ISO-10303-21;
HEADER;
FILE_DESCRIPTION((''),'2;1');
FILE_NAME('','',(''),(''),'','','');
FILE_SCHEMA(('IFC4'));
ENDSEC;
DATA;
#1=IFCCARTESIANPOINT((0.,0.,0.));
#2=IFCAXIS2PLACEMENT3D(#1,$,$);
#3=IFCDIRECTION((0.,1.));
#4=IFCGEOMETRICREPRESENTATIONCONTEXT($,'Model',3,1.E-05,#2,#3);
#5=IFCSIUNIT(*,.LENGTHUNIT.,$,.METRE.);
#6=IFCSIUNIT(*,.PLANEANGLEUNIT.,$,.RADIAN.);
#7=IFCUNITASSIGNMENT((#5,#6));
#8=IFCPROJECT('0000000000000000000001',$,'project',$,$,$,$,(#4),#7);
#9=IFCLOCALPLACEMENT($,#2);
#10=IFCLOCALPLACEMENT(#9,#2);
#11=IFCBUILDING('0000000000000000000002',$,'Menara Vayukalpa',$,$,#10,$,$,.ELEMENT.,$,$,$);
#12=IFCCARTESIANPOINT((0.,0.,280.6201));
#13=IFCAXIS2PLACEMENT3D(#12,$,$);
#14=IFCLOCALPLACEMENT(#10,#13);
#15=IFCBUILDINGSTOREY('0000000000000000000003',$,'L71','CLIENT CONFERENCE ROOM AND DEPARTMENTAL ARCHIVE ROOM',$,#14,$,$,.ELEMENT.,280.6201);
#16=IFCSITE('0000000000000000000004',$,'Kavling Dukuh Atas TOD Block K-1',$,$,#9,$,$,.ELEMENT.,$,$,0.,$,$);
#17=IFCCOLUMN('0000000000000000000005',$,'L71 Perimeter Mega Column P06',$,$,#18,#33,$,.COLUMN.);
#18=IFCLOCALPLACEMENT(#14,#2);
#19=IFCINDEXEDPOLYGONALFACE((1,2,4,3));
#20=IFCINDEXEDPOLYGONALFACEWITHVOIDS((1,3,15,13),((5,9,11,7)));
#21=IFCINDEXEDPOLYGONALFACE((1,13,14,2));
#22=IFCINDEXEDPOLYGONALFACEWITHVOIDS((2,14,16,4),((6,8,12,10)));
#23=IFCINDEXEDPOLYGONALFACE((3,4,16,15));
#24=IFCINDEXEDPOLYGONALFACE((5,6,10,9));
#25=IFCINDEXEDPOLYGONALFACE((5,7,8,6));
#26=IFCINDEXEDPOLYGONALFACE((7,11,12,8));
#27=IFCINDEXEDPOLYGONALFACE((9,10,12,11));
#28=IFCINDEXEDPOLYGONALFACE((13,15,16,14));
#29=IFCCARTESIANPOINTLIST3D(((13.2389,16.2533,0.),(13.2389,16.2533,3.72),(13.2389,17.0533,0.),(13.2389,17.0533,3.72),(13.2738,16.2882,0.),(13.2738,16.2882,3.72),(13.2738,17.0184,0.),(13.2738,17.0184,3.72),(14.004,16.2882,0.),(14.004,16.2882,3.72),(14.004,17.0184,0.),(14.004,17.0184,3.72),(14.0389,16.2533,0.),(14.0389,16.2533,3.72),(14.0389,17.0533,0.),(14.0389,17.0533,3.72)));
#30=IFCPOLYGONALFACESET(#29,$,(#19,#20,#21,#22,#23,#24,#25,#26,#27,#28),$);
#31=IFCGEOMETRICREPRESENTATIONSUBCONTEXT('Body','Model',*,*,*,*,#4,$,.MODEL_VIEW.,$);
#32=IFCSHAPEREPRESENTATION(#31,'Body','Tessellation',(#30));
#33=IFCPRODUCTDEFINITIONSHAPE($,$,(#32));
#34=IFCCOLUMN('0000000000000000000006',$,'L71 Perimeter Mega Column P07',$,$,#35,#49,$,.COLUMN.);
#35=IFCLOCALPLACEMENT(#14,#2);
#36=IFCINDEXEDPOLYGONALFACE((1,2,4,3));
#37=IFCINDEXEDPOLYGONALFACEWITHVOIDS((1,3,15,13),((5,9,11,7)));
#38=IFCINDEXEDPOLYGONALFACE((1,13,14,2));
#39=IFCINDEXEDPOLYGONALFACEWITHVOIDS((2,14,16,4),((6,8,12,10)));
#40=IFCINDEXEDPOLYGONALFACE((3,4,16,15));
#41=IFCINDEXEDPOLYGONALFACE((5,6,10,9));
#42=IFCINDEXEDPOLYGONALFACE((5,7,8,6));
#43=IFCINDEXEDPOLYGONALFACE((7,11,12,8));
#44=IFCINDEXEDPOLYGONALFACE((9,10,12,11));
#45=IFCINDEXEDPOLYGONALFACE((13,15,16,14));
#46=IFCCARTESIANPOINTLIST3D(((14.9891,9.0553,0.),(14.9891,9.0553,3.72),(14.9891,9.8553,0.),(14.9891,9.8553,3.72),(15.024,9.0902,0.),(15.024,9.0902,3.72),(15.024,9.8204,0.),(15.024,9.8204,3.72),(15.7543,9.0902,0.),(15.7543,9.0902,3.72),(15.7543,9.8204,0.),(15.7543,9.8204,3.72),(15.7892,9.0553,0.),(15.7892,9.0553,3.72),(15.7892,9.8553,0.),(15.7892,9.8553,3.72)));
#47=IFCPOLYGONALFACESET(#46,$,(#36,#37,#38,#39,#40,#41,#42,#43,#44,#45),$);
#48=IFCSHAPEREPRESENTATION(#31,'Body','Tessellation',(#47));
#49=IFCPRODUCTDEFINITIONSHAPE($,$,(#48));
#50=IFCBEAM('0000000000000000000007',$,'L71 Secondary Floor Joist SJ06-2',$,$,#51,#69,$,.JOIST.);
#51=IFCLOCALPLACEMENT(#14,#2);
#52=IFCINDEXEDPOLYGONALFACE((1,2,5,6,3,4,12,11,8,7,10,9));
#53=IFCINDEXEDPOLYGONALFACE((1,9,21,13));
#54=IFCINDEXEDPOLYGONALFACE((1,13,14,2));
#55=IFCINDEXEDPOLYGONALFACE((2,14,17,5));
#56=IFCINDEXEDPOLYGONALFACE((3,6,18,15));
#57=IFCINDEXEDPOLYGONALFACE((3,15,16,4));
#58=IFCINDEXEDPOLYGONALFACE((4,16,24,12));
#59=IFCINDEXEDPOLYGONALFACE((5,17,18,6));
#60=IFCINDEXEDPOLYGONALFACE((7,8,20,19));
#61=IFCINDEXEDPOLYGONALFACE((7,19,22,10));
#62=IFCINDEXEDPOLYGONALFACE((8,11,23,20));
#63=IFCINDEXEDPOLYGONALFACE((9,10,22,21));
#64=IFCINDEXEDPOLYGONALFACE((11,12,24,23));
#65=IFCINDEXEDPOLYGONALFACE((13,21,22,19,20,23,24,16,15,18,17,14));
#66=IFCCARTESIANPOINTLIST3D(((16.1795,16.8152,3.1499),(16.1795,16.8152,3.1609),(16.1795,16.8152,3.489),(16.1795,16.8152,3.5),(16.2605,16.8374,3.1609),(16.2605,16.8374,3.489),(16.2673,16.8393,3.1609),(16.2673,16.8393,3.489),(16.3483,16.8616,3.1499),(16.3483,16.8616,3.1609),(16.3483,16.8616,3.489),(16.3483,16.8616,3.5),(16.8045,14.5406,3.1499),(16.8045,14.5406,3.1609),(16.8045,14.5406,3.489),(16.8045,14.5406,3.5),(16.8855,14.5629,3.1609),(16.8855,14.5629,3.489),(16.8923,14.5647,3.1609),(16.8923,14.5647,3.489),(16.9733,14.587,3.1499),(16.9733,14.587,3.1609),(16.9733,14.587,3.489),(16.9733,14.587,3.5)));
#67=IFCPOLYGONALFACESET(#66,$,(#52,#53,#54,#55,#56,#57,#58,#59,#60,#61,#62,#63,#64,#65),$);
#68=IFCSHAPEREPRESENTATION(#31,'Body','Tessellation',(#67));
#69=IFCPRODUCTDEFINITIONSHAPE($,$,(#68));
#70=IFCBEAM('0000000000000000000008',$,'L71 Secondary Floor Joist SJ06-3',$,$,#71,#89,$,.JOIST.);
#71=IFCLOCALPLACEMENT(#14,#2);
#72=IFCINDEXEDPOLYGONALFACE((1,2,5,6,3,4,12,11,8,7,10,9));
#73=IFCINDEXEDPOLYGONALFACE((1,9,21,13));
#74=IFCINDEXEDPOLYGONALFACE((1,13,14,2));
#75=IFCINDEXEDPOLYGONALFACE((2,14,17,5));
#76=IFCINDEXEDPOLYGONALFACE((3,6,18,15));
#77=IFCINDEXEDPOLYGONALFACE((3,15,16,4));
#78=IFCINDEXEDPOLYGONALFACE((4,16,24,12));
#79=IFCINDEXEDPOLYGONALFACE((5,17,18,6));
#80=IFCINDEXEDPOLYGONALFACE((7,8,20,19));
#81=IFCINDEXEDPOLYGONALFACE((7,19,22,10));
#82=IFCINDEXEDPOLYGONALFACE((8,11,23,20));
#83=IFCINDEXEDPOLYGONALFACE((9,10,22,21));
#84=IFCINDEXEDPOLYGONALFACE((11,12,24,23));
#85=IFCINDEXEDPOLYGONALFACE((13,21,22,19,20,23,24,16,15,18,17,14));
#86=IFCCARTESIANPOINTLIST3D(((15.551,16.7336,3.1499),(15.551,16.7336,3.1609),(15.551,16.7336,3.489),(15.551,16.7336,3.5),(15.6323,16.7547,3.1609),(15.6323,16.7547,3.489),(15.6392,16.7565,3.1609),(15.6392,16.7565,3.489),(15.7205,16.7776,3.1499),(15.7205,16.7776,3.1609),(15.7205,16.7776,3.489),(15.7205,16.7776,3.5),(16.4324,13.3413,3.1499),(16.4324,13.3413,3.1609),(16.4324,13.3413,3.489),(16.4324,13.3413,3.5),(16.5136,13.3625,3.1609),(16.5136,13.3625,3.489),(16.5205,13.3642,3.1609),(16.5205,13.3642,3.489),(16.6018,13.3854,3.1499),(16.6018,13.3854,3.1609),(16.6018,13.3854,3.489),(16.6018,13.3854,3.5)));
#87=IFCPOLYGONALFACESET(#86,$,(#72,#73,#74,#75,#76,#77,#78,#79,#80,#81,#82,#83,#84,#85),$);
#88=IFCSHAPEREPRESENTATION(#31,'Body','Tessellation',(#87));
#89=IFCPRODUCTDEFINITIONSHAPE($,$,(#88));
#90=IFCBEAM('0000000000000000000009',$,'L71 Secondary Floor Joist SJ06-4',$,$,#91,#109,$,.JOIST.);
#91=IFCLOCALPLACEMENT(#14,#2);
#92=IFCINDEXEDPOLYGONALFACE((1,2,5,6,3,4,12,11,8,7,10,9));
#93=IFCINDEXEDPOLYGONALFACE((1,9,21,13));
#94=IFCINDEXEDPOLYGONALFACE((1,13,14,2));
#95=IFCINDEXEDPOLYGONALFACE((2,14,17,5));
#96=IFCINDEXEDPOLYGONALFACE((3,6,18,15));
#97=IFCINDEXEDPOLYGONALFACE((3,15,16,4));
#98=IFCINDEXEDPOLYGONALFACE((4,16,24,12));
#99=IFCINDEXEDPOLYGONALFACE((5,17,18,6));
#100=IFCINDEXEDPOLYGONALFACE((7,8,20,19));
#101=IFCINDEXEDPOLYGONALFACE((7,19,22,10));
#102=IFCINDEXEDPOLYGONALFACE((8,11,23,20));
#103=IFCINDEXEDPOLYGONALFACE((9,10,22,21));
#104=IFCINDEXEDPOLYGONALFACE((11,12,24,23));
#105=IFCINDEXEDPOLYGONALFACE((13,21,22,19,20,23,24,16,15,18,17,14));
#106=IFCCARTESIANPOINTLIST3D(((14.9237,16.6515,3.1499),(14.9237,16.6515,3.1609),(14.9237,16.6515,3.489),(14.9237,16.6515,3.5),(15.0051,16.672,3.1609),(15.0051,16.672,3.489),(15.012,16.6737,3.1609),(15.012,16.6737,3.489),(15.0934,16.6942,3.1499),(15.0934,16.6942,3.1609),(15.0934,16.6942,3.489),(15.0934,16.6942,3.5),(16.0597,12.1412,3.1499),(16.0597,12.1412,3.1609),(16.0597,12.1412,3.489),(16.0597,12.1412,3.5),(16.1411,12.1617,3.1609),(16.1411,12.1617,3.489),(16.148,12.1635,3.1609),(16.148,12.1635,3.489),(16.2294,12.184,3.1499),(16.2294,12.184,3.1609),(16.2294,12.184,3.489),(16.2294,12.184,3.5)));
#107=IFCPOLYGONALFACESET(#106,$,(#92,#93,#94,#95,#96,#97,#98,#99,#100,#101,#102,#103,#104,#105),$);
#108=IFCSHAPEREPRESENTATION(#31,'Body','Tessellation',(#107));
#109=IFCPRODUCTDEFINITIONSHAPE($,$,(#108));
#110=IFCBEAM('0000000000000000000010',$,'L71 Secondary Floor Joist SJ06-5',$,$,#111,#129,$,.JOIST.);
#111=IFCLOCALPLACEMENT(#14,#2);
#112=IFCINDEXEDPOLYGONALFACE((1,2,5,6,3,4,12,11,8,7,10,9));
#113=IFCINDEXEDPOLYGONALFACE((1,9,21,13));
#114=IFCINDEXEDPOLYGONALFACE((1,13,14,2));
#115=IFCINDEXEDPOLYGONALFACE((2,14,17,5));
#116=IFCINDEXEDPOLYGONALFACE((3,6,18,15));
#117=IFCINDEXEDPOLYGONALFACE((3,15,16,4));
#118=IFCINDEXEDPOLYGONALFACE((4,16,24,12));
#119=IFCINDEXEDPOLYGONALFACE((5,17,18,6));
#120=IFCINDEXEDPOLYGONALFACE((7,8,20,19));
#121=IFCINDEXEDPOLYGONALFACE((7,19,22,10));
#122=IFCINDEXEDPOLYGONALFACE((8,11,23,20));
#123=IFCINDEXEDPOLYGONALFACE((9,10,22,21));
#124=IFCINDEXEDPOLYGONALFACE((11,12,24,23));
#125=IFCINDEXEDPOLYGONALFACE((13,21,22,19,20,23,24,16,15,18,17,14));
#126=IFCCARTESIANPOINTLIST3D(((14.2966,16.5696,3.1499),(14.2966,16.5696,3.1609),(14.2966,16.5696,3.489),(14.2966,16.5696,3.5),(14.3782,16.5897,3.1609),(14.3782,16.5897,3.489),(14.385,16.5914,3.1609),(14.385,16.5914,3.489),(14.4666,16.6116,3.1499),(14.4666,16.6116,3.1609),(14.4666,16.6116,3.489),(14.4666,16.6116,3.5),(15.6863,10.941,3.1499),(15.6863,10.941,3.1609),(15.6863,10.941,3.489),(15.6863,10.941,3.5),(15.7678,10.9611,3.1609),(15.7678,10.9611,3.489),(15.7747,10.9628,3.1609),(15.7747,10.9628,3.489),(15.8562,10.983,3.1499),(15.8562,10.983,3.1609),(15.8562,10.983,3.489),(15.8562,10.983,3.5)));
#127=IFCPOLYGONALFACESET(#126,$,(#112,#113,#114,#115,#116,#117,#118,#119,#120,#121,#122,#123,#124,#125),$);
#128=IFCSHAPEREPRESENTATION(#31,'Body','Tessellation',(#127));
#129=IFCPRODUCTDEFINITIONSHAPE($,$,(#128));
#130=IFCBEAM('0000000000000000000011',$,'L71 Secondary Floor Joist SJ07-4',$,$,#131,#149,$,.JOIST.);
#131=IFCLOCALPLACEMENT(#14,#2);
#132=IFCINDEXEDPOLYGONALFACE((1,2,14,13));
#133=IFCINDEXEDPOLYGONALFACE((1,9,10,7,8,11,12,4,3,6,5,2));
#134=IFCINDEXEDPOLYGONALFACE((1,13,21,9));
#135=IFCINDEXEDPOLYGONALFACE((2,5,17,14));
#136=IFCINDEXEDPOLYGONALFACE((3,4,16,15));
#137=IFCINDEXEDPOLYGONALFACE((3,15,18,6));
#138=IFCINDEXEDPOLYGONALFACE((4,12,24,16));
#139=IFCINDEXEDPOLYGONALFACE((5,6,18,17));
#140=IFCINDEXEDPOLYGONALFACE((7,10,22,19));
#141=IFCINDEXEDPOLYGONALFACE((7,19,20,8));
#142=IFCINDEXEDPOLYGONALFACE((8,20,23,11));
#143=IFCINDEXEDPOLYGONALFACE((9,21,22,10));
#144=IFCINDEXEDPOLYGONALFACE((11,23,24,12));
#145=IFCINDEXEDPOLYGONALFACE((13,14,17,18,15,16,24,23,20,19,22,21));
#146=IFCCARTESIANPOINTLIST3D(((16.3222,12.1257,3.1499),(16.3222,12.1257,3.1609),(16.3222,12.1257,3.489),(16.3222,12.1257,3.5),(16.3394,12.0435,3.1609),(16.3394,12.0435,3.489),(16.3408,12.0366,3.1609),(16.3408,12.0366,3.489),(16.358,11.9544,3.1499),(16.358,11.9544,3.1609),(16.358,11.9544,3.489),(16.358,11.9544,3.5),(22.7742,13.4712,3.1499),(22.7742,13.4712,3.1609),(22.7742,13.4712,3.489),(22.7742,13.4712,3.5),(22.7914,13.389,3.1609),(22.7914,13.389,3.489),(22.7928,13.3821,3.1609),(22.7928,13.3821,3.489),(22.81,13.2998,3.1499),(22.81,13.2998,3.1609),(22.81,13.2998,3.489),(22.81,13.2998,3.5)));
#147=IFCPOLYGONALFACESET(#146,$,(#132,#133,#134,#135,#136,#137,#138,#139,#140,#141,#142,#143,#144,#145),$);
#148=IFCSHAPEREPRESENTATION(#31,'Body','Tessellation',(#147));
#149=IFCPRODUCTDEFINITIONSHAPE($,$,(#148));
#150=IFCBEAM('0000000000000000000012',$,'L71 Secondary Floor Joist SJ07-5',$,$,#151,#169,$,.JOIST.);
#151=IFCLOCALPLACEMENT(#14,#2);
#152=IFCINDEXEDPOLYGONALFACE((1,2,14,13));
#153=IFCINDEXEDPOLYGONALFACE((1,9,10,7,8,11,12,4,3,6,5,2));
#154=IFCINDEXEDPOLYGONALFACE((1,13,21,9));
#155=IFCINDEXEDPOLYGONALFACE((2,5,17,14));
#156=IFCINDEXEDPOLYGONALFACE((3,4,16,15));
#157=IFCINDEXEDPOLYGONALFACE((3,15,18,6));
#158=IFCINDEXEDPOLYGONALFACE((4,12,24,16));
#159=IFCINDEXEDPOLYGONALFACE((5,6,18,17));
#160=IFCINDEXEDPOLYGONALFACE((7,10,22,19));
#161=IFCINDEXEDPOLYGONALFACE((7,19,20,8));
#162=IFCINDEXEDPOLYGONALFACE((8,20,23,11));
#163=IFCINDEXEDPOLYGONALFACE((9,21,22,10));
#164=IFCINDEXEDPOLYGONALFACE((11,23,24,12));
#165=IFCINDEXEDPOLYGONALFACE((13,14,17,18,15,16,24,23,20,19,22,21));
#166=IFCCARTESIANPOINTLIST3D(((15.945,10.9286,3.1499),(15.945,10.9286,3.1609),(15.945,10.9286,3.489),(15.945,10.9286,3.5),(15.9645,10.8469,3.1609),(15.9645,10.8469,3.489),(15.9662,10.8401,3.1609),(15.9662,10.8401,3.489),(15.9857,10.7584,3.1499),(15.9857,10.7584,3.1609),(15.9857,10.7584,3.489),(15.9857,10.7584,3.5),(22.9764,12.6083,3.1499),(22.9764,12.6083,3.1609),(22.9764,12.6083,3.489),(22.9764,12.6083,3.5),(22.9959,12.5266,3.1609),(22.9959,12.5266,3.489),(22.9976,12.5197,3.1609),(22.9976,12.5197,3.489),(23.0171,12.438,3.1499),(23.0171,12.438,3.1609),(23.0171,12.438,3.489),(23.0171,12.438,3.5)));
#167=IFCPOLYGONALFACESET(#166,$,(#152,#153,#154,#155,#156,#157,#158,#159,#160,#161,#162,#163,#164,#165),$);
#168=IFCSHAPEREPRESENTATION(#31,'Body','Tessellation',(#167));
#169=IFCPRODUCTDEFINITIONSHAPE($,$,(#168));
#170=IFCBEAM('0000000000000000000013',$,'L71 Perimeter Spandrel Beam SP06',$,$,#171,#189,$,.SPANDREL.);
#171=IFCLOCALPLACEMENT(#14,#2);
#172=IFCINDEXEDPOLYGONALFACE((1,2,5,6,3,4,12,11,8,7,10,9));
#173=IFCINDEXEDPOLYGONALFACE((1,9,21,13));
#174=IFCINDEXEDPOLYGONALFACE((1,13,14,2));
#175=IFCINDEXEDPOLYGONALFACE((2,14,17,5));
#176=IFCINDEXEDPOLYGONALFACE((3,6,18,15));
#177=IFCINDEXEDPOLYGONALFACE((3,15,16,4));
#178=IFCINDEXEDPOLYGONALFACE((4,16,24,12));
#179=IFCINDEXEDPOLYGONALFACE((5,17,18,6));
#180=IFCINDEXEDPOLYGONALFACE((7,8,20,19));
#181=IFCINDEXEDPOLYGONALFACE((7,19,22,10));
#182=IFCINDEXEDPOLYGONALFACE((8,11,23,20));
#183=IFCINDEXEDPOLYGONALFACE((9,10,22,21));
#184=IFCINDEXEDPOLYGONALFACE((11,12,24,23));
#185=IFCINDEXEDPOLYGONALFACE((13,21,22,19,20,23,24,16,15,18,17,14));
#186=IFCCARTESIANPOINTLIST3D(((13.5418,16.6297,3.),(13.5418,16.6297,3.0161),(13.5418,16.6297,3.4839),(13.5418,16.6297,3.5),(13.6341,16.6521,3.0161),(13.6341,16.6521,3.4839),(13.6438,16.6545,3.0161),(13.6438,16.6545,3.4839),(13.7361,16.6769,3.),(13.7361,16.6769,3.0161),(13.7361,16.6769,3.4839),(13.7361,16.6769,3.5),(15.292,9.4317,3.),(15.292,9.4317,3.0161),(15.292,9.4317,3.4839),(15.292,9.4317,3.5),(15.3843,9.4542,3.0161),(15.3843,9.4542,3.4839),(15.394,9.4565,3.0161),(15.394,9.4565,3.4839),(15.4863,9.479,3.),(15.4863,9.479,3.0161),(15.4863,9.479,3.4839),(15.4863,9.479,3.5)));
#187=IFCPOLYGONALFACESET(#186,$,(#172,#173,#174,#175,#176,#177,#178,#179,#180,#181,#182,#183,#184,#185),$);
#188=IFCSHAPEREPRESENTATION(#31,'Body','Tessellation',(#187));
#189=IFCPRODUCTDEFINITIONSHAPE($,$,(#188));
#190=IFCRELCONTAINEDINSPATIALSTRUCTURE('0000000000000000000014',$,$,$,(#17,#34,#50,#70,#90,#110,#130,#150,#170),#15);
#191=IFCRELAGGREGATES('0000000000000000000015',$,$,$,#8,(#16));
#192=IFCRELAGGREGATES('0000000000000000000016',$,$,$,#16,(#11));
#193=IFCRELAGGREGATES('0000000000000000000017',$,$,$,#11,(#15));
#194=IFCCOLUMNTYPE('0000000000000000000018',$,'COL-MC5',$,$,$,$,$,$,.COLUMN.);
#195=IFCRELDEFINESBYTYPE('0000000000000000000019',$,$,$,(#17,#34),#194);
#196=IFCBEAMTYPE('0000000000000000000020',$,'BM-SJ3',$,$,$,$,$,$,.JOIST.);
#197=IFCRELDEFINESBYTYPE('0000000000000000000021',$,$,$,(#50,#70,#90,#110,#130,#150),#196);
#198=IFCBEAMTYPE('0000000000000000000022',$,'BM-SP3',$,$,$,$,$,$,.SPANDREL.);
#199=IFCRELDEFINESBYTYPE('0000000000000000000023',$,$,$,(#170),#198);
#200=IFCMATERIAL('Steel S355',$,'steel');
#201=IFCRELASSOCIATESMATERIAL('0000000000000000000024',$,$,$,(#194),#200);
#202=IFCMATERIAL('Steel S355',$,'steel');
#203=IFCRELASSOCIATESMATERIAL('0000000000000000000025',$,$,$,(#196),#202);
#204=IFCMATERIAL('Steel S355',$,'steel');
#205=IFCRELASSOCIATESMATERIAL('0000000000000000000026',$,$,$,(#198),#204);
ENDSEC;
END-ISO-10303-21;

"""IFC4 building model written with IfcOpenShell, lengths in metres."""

from ifc_helpers import new_model, si_unit, direction, frame, origin, origin_2d, place, context, subcontext, project, spatial, hollow_rectangle, i_section, extrude, material, material_profile, profile_set, type_object, element, save


model = new_model("IFC4")

# Units and contexts
model_context = context("Model", 3, precision=1e-05, world=origin(), true_north=direction((0.0, 1.0)))
body_context = subcontext(model_context, "Body", "Model", "MODEL_VIEW")
ifc_project = project(units=[si_unit("LENGTHUNIT", "METRE"), si_unit("PLANEANGLEUNIT", "RADIAN")], contexts=[model_context])

# Site, building, storey
site_placement = place(None, origin())
site = spatial("IfcSite", under=ifc_project, at=site_placement, Name="Kavling Dukuh Atas TOD Block K-1", CompositionType="ELEMENT", RefElevation=0.0)
building_placement = place(site_placement, origin())
building = spatial("IfcBuilding", under=site, at=building_placement, Name="Menara Vayukalpa", CompositionType="ELEMENT")
storey_placement = place(building_placement, frame((0.0, 0.0, 280.6201)))
storey = spatial("IfcBuildingStorey", under=building, at=storey_placement, Name="L71", Description="CLIENT CONFERENCE ROOM AND DEPARTMENTAL ARCHIVE ROOM", CompositionType="ELEMENT", Elevation=280.6201)

# Columns
ifc_material_1 = material(Name="Steel S355", Category="steel")
ifc_material_profile_1 = material_profile(ifc_material_1, hollow_rectangle(XDim=0.8, YDim=0.8, WallThickness=0.0349, at=origin_2d()), Name="BOX 800x800x35")
ifc_profile_set_1 = profile_set([ifc_material_profile_1], Name="Steel S355")
column_type = type_object("IfcColumnType", Name="COL-MC5", PredefinedType="COLUMN", material=ifc_profile_set_1)
for number, where, z_axis, x_axis, name in (
    (1, (13.6389, 16.6533, 0.0), (0.0, 0.0, 1.0), (1.0, 0.0, 0.0), "L71 Perimeter Mega Column P06"),
    (2, (15.3892, 9.4553, 0.0), (0.0, 0.0, 1.0), (1.0, 0.0, 0.0), "L71 Perimeter Mega Column P07"),
):
    element("IfcColumn", number, at=place(storey_placement, frame(where, z_axis=z_axis, x_axis=x_axis)), inside=storey, type_object=column_type, Name=name, PredefinedType="COLUMN", context=body_context, shape_type="SweptSolid", body=[
        extrude(hollow_rectangle(XDim=0.8, YDim=0.8, WallThickness=0.0349, at=origin_2d()), origin(), (0.0, 0.0, 1.0), 3.72),
    ])

# Beams
ifc_material_2 = material(Name="Steel S355", Category="steel")
ifc_material_profile_2 = material_profile(ifc_material_2, i_section(OverallWidth=0.175, OverallDepth=0.3501, WebThickness=0.0071, FlangeThickness=0.011, at=origin_2d()), Name="WF 350x175x7x11")
ifc_profile_set_2 = profile_set([ifc_material_profile_2], Name="Steel S355")
beam_type_1 = type_object("IfcBeamType", Name="BM-SJ3", PredefinedType="JOIST", material=ifc_profile_set_2)
beam_1_placement = place(storey_placement, frame((16.2639, 16.8384, 3.325), z_axis=(0.264947, -0.964263, 0.0), x_axis=(0.964263, 0.264947, 0.0)))
element("IfcBeam", 3, at=beam_1_placement, inside=storey, type_object=beam_type_1, Name="L71 Secondary Floor Joist SJ06-2", PredefinedType="JOIST", context=body_context, shape_type="SweptSolid", body=[
    extrude(i_section(OverallWidth=0.175, OverallDepth=0.3501, WebThickness=0.0071, FlangeThickness=0.011, at=origin_2d()), origin(), (0.0, 0.0, 1.0), 2.3589),
])
beam_2_placement = place(storey_placement, frame((15.6357, 16.7556, 3.325), z_axis=(0.251458, -0.967868, 0.0), x_axis=(0.967868, 0.251458, 0.0)))
element("IfcBeam", 4, at=beam_2_placement, inside=storey, type_object=beam_type_1, Name="L71 Secondary Floor Joist SJ06-3", PredefinedType="JOIST", context=body_context, shape_type="SweptSolid", body=[
    extrude(i_section(OverallWidth=0.175, OverallDepth=0.3501, WebThickness=0.0071, FlangeThickness=0.011, at=origin_2d()), origin(), (0.0, 0.0, 1.0), 3.5049),
])
beam_3_placement = place(storey_placement, frame((15.0085, 16.6729, 3.325), z_axis=(0.24424, -0.969715, 0.0), x_axis=(0.969715, 0.24424, 0.0)))
element("IfcBeam", 5, at=beam_3_placement, inside=storey, type_object=beam_type_1, Name="L71 Secondary Floor Joist SJ06-4", PredefinedType="JOIST", context=body_context, shape_type="SweptSolid", body=[
    extrude(i_section(OverallWidth=0.175, OverallDepth=0.3501, WebThickness=0.0071, FlangeThickness=0.011, at=origin_2d()), origin(), (0.0, 0.0, 1.0), 4.6511),
])
beam_4_placement = place(storey_placement, frame((14.3816, 16.5906, 3.325), z_axis=(0.239691, -0.970849, 0.0), x_axis=(0.970849, 0.239691, 0.0)))
element("IfcBeam", 6, at=beam_4_placement, inside=storey, type_object=beam_type_1, Name="L71 Secondary Floor Joist SJ06-5", PredefinedType="JOIST", context=body_context, shape_type="SweptSolid", body=[
    extrude(i_section(OverallWidth=0.175, OverallDepth=0.3501, WebThickness=0.0071, FlangeThickness=0.011, at=origin_2d()), origin(), (0.0, 0.0, 1.0), 5.7976),
])
beam_5_placement = place(storey_placement, frame((16.3401, 12.04, 3.325), z_axis=(0.978941, 0.204145, 0.0), x_axis=(-0.204145, 0.978941, 0.0)))
element("IfcBeam", 7, at=beam_5_placement, inside=storey, type_object=beam_type_1, Name="L71 Secondary Floor Joist SJ07-4", PredefinedType="JOIST", context=body_context, shape_type="SweptSolid", body=[
    extrude(i_section(OverallWidth=0.175, OverallDepth=0.3501, WebThickness=0.0071, FlangeThickness=0.011, at=origin_2d()), origin(), (0.0, 0.0, 1.0), 6.5908),
])
beam_6_placement = place(storey_placement, frame((15.9653, 10.8435, 3.325), z_axis=(0.972634, 0.232343, 0.0), x_axis=(-0.232343, 0.972634, 0.0)))
element("IfcBeam", 8, at=beam_6_placement, inside=storey, type_object=beam_type_1, Name="L71 Secondary Floor Joist SJ07-5", PredefinedType="JOIST", context=body_context, shape_type="SweptSolid", body=[
    extrude(i_section(OverallWidth=0.175, OverallDepth=0.3501, WebThickness=0.0071, FlangeThickness=0.011, at=origin_2d()), origin(), (0.0, 0.0, 1.0), 7.2292),
])
ifc_material_3 = material(Name="Steel S355", Category="steel")
ifc_material_profile_3 = material_profile(ifc_material_3, i_section(OverallWidth=0.2, OverallDepth=0.5, WebThickness=0.01, FlangeThickness=0.0161, at=origin_2d()), Name="WF 500x200x10x16")
ifc_profile_set_3 = profile_set([ifc_material_profile_3], Name="Steel S355")
beam_type_2 = type_object("IfcBeamType", Name="BM-SP3", PredefinedType="SPANDREL", material=ifc_profile_set_3)
beam_7_placement = place(storey_placement, frame((13.6389, 16.6533, 3.25), z_axis=(0.236273, -0.971687, 0.0), x_axis=(0.971687, 0.236273, 0.0)))
element("IfcBeam", 9, at=beam_7_placement, inside=storey, type_object=beam_type_2, Name="L71 Perimeter Spandrel Beam SP06", PredefinedType="SPANDREL", context=body_context, shape_type="SweptSolid", body=[
    extrude(i_section(OverallWidth=0.2, OverallDepth=0.5, WebThickness=0.01, FlangeThickness=0.0161, at=origin_2d()), origin(), (0.0, 0.0, 1.0), 7.4077),
])

save(model, "model.ifc")
